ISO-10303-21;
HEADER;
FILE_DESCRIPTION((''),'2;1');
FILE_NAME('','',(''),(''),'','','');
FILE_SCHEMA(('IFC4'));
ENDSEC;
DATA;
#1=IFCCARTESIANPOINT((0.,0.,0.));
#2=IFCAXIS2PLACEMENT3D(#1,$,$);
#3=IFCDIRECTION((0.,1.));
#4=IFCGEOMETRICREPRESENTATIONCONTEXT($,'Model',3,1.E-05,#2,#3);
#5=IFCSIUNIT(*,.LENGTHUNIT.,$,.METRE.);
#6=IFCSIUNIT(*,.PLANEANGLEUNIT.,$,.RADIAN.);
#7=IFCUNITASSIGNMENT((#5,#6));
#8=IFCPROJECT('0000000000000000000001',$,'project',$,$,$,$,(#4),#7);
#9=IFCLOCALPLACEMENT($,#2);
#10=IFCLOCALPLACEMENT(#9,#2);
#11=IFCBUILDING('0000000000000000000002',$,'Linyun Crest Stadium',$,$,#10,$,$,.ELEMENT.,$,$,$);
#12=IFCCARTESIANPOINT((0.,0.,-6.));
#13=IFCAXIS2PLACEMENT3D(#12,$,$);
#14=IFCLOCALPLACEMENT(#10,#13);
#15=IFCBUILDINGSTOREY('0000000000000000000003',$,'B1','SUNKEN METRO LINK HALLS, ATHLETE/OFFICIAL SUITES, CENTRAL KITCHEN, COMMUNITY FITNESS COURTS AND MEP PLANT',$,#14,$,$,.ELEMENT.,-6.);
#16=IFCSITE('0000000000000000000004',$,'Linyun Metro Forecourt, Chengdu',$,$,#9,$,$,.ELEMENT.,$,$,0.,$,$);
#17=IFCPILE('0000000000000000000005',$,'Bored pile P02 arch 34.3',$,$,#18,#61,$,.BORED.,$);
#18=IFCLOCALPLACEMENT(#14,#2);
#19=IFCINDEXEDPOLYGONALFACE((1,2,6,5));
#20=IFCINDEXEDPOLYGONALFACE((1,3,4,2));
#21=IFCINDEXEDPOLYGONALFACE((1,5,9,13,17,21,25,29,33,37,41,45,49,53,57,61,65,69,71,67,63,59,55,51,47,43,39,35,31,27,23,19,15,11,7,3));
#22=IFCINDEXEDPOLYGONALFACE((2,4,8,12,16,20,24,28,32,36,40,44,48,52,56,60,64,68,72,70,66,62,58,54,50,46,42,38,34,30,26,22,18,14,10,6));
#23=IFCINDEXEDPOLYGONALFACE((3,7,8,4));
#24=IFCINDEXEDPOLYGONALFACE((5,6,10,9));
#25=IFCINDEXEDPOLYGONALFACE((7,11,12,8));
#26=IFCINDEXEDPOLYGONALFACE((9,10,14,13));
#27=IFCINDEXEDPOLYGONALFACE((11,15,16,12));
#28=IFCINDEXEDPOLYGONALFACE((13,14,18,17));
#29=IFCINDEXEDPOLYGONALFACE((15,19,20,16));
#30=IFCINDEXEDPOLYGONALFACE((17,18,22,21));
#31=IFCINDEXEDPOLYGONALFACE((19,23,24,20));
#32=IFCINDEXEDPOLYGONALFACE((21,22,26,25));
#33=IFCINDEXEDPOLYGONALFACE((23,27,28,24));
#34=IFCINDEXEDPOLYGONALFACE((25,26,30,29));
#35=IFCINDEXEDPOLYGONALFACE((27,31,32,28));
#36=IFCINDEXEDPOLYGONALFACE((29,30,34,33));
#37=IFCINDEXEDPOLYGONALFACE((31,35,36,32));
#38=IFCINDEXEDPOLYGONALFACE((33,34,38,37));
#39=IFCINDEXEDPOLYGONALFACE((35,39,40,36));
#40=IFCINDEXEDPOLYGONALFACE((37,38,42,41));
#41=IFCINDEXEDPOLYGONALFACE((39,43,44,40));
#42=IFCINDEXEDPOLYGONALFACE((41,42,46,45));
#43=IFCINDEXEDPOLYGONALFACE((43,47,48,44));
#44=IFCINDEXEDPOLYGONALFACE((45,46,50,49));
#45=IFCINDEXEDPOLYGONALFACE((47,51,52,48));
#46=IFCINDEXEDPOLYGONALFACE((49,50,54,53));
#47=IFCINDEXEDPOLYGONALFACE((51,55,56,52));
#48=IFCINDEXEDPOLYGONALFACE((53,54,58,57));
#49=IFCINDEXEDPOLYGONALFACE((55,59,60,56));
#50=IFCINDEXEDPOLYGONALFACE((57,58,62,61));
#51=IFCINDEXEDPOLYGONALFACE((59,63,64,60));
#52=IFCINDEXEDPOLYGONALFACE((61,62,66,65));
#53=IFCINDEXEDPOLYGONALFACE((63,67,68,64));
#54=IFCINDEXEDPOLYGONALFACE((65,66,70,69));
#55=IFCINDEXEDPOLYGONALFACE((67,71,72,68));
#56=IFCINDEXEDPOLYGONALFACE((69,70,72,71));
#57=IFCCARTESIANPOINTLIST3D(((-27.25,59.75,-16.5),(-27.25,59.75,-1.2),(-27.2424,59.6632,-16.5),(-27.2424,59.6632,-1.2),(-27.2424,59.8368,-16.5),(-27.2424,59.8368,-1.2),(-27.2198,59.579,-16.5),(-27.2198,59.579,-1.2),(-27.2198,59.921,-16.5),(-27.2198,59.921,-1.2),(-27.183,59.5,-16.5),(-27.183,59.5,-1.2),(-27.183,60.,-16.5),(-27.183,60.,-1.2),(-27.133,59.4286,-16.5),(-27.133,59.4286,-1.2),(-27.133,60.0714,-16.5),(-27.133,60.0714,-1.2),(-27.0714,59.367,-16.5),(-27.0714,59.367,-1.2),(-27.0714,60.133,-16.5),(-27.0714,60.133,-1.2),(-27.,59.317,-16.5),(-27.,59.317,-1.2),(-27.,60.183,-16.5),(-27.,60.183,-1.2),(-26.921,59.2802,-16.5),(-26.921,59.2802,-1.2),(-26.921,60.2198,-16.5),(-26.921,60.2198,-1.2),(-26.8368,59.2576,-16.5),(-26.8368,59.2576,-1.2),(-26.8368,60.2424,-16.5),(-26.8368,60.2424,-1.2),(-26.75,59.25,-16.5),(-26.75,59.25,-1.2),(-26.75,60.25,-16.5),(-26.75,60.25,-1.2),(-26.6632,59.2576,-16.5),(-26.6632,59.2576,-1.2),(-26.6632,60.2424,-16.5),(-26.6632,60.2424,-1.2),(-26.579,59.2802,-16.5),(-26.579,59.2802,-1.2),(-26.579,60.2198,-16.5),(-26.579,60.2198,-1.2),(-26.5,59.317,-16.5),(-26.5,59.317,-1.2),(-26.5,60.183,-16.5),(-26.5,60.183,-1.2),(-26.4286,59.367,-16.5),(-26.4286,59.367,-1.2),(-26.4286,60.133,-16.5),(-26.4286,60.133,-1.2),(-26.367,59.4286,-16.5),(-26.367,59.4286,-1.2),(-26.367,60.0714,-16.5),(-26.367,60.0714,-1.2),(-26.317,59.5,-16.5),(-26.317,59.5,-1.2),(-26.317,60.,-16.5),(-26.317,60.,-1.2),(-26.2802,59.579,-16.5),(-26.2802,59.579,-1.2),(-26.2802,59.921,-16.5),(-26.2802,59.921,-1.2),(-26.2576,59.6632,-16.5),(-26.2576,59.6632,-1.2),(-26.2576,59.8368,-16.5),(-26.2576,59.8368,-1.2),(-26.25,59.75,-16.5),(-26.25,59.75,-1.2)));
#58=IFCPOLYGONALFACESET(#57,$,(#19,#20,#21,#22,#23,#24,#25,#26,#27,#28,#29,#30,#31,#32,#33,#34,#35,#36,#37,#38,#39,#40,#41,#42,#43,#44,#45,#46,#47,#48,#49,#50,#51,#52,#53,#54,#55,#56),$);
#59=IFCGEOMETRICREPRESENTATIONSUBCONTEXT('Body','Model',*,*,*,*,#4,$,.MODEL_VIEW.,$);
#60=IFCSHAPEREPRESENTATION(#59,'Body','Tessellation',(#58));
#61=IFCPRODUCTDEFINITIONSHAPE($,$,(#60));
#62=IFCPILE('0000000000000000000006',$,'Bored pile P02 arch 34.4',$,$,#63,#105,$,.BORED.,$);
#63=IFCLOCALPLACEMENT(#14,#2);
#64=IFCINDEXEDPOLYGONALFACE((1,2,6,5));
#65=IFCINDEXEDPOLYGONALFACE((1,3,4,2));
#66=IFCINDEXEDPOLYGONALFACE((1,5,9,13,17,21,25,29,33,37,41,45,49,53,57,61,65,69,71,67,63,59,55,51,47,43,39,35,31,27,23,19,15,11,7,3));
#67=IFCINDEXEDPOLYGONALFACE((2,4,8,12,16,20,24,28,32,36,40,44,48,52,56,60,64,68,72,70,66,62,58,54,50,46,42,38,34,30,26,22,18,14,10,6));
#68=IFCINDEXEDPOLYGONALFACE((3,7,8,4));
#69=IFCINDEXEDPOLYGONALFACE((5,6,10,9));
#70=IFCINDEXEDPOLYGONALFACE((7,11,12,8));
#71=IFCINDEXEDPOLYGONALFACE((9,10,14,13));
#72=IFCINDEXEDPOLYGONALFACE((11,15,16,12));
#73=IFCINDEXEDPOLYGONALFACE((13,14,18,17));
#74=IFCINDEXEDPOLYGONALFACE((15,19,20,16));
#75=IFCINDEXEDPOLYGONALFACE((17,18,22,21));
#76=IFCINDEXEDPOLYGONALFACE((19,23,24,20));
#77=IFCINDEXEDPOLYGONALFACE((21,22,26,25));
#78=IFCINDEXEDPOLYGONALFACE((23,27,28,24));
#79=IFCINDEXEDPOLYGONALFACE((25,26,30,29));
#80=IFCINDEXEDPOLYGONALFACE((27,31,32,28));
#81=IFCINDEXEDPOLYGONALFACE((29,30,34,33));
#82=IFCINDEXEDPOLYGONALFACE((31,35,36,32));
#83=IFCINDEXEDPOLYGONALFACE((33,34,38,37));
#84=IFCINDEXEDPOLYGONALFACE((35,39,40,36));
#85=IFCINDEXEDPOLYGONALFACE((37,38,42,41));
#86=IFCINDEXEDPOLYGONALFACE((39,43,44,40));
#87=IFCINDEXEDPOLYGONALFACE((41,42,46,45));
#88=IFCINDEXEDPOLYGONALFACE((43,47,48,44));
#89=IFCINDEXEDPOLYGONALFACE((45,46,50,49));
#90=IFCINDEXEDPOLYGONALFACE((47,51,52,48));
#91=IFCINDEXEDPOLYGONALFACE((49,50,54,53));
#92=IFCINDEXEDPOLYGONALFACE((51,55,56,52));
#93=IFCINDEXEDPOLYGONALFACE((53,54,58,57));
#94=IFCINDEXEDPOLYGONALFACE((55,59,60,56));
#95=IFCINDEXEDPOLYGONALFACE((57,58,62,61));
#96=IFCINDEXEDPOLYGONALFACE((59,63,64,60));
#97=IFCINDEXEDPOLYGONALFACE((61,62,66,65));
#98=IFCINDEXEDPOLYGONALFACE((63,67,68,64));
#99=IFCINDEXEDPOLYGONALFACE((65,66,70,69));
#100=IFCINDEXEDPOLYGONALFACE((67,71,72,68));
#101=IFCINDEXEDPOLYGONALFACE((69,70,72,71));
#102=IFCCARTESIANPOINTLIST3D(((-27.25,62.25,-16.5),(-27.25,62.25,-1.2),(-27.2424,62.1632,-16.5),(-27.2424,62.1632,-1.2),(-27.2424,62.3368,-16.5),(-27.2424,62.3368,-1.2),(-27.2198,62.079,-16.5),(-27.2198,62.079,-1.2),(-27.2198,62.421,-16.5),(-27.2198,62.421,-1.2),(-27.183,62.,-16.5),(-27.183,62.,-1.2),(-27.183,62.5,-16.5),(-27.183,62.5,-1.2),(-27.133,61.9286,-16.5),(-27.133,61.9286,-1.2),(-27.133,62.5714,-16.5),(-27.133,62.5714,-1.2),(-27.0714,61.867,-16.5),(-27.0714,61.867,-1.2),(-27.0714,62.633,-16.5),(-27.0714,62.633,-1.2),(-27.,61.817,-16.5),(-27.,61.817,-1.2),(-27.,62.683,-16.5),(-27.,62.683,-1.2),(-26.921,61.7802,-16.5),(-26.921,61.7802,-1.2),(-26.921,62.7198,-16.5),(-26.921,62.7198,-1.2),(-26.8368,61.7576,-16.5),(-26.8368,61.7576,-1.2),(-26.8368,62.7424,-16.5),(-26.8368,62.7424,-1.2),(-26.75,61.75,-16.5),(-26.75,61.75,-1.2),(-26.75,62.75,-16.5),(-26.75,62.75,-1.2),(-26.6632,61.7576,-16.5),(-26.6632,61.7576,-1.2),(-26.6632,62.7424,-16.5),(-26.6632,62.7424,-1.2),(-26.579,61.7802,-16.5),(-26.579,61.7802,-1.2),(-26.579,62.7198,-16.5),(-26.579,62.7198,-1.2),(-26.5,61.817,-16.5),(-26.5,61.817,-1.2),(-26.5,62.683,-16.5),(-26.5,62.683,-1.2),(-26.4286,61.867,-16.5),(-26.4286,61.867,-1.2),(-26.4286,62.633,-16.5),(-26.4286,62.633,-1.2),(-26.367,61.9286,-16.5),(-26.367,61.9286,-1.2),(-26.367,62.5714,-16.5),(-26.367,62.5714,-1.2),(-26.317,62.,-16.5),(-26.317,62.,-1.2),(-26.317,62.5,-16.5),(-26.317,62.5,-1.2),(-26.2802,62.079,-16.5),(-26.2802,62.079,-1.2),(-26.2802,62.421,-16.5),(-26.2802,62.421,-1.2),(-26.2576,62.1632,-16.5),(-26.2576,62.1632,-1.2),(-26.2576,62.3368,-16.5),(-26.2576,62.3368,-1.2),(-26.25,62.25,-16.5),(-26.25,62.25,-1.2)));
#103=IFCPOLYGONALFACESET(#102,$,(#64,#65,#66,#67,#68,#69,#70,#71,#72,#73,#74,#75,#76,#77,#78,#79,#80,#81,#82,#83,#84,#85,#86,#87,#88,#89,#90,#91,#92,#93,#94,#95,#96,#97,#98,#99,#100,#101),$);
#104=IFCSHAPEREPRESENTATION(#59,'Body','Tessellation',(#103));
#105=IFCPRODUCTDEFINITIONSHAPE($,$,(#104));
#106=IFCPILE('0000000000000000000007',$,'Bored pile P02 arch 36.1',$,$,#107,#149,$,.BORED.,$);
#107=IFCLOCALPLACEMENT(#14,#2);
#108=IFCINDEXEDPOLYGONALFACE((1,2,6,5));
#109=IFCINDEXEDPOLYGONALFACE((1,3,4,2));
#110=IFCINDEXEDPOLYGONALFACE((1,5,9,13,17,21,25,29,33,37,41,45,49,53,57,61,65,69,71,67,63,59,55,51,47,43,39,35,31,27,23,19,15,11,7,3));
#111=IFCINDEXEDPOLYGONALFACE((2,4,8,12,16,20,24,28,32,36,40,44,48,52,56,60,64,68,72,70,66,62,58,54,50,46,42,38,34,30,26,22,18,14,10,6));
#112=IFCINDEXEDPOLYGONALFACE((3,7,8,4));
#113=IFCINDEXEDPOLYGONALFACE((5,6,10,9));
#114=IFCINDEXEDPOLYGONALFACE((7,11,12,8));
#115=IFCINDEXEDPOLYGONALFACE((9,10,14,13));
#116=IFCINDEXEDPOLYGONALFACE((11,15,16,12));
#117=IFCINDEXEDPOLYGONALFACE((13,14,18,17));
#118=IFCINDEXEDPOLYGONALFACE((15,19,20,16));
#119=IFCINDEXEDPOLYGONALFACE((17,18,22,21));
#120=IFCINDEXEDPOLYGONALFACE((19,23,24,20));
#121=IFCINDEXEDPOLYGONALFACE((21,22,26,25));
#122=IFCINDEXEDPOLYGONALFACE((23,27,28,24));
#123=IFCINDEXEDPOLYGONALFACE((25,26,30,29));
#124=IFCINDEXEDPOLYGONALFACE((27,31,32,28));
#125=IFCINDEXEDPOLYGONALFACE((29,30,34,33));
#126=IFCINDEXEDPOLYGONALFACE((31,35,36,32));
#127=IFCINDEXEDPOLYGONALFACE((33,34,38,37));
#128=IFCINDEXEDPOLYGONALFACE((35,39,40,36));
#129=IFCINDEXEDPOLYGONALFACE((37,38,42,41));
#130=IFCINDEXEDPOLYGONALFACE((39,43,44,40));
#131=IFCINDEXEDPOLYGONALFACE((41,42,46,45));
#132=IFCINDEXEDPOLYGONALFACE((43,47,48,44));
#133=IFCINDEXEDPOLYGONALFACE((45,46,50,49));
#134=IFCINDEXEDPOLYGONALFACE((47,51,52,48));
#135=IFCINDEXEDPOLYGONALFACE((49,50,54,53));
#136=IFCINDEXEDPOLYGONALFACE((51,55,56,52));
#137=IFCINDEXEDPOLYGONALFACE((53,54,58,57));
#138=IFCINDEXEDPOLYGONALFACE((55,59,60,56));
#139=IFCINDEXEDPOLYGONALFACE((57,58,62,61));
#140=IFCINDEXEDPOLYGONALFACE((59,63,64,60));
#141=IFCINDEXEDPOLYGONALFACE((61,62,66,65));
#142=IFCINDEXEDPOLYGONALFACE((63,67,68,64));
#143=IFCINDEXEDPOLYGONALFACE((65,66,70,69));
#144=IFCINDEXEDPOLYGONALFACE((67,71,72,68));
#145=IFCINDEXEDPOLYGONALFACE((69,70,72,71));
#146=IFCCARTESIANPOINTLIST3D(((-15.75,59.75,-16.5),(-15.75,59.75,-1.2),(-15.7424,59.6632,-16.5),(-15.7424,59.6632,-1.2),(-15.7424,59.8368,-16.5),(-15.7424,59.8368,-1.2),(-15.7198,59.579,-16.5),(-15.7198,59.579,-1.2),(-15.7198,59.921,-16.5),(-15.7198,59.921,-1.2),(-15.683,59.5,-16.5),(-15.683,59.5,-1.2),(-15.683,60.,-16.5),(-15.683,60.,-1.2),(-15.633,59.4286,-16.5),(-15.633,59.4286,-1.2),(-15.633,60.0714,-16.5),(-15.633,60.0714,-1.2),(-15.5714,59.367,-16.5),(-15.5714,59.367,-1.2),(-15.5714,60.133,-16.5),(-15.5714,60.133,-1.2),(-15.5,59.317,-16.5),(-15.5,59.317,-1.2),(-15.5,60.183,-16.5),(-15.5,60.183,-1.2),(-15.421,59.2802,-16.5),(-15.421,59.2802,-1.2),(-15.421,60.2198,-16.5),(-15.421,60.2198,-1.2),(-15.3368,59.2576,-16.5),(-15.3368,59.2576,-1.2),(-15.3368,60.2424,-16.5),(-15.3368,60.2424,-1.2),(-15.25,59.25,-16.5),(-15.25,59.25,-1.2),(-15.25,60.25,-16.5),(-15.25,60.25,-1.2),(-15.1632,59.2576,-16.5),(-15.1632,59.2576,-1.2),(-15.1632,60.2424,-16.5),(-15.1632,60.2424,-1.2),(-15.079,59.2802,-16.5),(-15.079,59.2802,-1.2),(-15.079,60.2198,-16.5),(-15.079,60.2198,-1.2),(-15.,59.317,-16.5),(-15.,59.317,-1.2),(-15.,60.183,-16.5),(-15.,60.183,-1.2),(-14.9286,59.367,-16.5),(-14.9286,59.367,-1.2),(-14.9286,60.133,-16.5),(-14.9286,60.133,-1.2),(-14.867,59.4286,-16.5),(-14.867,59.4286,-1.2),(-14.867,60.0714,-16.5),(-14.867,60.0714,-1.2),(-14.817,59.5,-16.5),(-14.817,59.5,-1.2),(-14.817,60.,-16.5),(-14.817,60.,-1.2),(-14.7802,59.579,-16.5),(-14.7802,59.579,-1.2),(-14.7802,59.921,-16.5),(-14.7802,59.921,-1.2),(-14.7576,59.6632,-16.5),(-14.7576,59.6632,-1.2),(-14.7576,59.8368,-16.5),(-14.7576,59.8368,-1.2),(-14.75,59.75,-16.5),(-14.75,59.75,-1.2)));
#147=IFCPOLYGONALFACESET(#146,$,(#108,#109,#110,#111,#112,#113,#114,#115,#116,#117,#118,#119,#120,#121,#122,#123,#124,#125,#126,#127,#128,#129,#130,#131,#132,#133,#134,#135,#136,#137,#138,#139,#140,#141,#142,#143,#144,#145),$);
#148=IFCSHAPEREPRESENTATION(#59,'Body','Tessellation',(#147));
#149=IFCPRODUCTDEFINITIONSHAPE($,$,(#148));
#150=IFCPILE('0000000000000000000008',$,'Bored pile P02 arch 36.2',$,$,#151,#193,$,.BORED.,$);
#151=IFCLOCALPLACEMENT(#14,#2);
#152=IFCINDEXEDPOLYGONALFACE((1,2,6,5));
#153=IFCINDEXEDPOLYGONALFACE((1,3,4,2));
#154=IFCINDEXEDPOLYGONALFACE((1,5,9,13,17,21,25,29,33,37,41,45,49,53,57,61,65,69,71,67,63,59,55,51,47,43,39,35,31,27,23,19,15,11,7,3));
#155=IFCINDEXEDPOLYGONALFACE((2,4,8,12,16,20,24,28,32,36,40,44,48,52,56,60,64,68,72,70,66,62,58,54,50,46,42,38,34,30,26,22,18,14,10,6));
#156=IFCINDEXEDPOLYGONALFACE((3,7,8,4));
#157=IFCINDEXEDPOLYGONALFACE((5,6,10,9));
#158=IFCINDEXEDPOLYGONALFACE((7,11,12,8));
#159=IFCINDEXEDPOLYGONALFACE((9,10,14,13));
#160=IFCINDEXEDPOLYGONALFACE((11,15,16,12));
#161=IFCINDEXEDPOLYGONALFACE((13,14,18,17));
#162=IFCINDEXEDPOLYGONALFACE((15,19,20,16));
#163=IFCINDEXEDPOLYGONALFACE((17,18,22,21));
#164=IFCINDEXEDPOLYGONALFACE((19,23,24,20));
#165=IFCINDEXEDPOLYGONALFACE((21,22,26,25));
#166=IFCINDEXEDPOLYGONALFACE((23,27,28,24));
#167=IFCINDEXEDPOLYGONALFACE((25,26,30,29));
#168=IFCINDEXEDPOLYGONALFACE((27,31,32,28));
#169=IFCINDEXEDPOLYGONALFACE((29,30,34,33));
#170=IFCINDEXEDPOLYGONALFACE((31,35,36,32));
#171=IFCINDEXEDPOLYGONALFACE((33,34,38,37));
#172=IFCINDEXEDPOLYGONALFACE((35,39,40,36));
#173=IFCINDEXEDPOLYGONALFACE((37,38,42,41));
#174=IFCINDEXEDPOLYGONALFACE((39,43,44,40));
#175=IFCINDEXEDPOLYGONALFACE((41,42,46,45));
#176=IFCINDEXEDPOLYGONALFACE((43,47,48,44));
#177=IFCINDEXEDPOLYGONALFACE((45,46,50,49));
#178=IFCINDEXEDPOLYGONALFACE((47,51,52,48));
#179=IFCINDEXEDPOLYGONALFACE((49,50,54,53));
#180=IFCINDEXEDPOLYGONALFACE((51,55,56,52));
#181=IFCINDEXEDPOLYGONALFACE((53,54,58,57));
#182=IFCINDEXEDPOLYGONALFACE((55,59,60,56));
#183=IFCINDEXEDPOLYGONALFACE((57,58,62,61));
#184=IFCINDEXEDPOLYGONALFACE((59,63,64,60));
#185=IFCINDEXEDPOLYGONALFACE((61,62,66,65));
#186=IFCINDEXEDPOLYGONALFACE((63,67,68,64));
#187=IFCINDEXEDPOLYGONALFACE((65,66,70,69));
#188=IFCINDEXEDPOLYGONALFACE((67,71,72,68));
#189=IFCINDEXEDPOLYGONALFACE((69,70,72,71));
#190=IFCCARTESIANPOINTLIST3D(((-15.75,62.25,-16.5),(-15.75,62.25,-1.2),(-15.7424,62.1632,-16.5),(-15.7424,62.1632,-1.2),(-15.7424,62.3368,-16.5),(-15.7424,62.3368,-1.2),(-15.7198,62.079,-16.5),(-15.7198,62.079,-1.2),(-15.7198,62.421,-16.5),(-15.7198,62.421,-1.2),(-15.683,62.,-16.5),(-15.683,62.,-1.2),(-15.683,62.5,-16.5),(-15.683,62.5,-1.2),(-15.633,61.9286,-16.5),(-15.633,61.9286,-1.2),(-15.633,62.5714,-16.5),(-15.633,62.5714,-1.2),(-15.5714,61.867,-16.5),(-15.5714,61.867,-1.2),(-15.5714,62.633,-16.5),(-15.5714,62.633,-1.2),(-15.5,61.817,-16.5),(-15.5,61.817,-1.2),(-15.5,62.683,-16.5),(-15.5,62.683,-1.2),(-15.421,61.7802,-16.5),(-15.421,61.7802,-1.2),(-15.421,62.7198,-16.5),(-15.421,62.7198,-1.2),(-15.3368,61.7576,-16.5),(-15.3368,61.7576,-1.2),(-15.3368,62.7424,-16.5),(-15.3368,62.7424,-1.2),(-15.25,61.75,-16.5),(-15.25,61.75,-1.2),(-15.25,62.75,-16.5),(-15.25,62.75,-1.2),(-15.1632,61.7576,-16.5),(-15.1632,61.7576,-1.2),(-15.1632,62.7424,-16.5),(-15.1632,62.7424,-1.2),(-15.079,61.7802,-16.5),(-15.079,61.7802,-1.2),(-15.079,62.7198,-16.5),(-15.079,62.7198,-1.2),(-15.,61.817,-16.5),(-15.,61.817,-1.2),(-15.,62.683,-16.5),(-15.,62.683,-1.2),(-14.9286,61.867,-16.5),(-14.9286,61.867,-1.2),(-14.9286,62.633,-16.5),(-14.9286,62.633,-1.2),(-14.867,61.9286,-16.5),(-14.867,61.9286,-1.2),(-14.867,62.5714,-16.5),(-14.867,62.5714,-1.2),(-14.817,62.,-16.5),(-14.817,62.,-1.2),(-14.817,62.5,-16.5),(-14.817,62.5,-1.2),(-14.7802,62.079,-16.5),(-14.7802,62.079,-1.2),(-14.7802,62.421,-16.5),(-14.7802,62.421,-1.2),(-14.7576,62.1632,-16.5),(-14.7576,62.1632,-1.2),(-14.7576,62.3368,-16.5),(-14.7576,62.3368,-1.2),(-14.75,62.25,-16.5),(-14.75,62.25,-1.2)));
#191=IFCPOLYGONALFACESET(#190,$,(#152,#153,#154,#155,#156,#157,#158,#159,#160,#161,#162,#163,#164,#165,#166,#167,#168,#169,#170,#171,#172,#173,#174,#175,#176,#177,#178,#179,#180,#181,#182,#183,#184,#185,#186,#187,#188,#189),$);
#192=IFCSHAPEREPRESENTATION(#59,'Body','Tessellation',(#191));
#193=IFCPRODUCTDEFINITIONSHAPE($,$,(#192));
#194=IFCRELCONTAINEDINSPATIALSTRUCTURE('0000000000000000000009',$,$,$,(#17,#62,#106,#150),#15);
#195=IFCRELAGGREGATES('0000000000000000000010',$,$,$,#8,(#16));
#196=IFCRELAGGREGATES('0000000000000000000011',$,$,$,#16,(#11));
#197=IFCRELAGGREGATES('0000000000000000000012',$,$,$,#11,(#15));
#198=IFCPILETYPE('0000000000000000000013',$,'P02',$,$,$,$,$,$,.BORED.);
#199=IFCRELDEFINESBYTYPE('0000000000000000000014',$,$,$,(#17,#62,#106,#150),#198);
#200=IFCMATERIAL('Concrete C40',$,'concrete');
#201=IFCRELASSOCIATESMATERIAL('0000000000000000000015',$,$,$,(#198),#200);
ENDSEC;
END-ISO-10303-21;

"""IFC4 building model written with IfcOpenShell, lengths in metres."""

from ifc_helpers import new_model, si_unit, direction, frame, origin, origin_2d, place, context, subcontext, project, spatial, circle, extrude, material, material_profile, profile_set, type_object, element, save


model = new_model("IFC4")

# Units and contexts
model_context = context("Model", 3, precision=1e-05, world=origin(), true_north=direction((0.0, 1.0)))
body_context = subcontext(model_context, "Body", "Model", "MODEL_VIEW")
ifc_project = project(units=[si_unit("LENGTHUNIT", "METRE"), si_unit("PLANEANGLEUNIT", "RADIAN")], contexts=[model_context])

# Site, building, storey
site_placement = place(None, origin())
site = spatial("IfcSite", under=ifc_project, at=site_placement, Name="Linyun Metro Forecourt, Chengdu", CompositionType="ELEMENT", RefElevation=0.0)
building_placement = place(site_placement, origin())
building = spatial("IfcBuilding", under=site, at=building_placement, Name="Linyun Crest Stadium", CompositionType="ELEMENT")
storey_placement = place(building_placement, frame((0.0, 0.0, -6.0)))
storey = spatial("IfcBuildingStorey", under=building, at=storey_placement, Name="B1", Description="SUNKEN METRO LINK HALLS, ATHLETE/OFFICIAL SUITES, CENTRAL KITCHEN, COMMUNITY FITNESS COURTS AND MEP PLANT", CompositionType="ELEMENT", Elevation=-6.0)

# Piles
ifc_material_1 = material(Name="Concrete C40", Category="concrete")
ifc_material_profile_1 = material_profile(ifc_material_1, circle(Radius=0.5, at=origin_2d()), Name="BORED PILE 1000")
ifc_profile_set_1 = profile_set([ifc_material_profile_1], Name="Concrete C40")
pile_type = type_object("IfcPileType", Name="P02", PredefinedType="BORED", material=ifc_profile_set_1)
for number, where, z_axis, x_axis, name in (
    (1, (-26.75, 59.75, -1.2), (0.0, 0.0, -1.0), (1.0, 0.0, 0.0), "Bored pile P02 arch 34.3"),
    (2, (-26.75, 62.25, -1.2), (0.0, 0.0, -1.0), (1.0, 0.0, 0.0), "Bored pile P02 arch 34.4"),
    (3, (-15.25, 59.75, -1.2), (0.0, 0.0, -1.0), (1.0, 0.0, 0.0), "Bored pile P02 arch 36.1"),
    (4, (-15.25, 62.25, -1.2), (0.0, 0.0, -1.0), (1.0, 0.0, 0.0), "Bored pile P02 arch 36.2"),
):
    element("IfcPile", number, at=place(storey_placement, frame(where, z_axis=z_axis, x_axis=x_axis)), inside=storey, type_object=pile_type, Name=name, PredefinedType="BORED", context=body_context, shape_type="SweptSolid", body=[
        extrude(circle(Radius=0.5, at=origin_2d()), origin(), (0.0, 0.0, 1.0), 15.3),
    ])

save(model, "model.ifc")
